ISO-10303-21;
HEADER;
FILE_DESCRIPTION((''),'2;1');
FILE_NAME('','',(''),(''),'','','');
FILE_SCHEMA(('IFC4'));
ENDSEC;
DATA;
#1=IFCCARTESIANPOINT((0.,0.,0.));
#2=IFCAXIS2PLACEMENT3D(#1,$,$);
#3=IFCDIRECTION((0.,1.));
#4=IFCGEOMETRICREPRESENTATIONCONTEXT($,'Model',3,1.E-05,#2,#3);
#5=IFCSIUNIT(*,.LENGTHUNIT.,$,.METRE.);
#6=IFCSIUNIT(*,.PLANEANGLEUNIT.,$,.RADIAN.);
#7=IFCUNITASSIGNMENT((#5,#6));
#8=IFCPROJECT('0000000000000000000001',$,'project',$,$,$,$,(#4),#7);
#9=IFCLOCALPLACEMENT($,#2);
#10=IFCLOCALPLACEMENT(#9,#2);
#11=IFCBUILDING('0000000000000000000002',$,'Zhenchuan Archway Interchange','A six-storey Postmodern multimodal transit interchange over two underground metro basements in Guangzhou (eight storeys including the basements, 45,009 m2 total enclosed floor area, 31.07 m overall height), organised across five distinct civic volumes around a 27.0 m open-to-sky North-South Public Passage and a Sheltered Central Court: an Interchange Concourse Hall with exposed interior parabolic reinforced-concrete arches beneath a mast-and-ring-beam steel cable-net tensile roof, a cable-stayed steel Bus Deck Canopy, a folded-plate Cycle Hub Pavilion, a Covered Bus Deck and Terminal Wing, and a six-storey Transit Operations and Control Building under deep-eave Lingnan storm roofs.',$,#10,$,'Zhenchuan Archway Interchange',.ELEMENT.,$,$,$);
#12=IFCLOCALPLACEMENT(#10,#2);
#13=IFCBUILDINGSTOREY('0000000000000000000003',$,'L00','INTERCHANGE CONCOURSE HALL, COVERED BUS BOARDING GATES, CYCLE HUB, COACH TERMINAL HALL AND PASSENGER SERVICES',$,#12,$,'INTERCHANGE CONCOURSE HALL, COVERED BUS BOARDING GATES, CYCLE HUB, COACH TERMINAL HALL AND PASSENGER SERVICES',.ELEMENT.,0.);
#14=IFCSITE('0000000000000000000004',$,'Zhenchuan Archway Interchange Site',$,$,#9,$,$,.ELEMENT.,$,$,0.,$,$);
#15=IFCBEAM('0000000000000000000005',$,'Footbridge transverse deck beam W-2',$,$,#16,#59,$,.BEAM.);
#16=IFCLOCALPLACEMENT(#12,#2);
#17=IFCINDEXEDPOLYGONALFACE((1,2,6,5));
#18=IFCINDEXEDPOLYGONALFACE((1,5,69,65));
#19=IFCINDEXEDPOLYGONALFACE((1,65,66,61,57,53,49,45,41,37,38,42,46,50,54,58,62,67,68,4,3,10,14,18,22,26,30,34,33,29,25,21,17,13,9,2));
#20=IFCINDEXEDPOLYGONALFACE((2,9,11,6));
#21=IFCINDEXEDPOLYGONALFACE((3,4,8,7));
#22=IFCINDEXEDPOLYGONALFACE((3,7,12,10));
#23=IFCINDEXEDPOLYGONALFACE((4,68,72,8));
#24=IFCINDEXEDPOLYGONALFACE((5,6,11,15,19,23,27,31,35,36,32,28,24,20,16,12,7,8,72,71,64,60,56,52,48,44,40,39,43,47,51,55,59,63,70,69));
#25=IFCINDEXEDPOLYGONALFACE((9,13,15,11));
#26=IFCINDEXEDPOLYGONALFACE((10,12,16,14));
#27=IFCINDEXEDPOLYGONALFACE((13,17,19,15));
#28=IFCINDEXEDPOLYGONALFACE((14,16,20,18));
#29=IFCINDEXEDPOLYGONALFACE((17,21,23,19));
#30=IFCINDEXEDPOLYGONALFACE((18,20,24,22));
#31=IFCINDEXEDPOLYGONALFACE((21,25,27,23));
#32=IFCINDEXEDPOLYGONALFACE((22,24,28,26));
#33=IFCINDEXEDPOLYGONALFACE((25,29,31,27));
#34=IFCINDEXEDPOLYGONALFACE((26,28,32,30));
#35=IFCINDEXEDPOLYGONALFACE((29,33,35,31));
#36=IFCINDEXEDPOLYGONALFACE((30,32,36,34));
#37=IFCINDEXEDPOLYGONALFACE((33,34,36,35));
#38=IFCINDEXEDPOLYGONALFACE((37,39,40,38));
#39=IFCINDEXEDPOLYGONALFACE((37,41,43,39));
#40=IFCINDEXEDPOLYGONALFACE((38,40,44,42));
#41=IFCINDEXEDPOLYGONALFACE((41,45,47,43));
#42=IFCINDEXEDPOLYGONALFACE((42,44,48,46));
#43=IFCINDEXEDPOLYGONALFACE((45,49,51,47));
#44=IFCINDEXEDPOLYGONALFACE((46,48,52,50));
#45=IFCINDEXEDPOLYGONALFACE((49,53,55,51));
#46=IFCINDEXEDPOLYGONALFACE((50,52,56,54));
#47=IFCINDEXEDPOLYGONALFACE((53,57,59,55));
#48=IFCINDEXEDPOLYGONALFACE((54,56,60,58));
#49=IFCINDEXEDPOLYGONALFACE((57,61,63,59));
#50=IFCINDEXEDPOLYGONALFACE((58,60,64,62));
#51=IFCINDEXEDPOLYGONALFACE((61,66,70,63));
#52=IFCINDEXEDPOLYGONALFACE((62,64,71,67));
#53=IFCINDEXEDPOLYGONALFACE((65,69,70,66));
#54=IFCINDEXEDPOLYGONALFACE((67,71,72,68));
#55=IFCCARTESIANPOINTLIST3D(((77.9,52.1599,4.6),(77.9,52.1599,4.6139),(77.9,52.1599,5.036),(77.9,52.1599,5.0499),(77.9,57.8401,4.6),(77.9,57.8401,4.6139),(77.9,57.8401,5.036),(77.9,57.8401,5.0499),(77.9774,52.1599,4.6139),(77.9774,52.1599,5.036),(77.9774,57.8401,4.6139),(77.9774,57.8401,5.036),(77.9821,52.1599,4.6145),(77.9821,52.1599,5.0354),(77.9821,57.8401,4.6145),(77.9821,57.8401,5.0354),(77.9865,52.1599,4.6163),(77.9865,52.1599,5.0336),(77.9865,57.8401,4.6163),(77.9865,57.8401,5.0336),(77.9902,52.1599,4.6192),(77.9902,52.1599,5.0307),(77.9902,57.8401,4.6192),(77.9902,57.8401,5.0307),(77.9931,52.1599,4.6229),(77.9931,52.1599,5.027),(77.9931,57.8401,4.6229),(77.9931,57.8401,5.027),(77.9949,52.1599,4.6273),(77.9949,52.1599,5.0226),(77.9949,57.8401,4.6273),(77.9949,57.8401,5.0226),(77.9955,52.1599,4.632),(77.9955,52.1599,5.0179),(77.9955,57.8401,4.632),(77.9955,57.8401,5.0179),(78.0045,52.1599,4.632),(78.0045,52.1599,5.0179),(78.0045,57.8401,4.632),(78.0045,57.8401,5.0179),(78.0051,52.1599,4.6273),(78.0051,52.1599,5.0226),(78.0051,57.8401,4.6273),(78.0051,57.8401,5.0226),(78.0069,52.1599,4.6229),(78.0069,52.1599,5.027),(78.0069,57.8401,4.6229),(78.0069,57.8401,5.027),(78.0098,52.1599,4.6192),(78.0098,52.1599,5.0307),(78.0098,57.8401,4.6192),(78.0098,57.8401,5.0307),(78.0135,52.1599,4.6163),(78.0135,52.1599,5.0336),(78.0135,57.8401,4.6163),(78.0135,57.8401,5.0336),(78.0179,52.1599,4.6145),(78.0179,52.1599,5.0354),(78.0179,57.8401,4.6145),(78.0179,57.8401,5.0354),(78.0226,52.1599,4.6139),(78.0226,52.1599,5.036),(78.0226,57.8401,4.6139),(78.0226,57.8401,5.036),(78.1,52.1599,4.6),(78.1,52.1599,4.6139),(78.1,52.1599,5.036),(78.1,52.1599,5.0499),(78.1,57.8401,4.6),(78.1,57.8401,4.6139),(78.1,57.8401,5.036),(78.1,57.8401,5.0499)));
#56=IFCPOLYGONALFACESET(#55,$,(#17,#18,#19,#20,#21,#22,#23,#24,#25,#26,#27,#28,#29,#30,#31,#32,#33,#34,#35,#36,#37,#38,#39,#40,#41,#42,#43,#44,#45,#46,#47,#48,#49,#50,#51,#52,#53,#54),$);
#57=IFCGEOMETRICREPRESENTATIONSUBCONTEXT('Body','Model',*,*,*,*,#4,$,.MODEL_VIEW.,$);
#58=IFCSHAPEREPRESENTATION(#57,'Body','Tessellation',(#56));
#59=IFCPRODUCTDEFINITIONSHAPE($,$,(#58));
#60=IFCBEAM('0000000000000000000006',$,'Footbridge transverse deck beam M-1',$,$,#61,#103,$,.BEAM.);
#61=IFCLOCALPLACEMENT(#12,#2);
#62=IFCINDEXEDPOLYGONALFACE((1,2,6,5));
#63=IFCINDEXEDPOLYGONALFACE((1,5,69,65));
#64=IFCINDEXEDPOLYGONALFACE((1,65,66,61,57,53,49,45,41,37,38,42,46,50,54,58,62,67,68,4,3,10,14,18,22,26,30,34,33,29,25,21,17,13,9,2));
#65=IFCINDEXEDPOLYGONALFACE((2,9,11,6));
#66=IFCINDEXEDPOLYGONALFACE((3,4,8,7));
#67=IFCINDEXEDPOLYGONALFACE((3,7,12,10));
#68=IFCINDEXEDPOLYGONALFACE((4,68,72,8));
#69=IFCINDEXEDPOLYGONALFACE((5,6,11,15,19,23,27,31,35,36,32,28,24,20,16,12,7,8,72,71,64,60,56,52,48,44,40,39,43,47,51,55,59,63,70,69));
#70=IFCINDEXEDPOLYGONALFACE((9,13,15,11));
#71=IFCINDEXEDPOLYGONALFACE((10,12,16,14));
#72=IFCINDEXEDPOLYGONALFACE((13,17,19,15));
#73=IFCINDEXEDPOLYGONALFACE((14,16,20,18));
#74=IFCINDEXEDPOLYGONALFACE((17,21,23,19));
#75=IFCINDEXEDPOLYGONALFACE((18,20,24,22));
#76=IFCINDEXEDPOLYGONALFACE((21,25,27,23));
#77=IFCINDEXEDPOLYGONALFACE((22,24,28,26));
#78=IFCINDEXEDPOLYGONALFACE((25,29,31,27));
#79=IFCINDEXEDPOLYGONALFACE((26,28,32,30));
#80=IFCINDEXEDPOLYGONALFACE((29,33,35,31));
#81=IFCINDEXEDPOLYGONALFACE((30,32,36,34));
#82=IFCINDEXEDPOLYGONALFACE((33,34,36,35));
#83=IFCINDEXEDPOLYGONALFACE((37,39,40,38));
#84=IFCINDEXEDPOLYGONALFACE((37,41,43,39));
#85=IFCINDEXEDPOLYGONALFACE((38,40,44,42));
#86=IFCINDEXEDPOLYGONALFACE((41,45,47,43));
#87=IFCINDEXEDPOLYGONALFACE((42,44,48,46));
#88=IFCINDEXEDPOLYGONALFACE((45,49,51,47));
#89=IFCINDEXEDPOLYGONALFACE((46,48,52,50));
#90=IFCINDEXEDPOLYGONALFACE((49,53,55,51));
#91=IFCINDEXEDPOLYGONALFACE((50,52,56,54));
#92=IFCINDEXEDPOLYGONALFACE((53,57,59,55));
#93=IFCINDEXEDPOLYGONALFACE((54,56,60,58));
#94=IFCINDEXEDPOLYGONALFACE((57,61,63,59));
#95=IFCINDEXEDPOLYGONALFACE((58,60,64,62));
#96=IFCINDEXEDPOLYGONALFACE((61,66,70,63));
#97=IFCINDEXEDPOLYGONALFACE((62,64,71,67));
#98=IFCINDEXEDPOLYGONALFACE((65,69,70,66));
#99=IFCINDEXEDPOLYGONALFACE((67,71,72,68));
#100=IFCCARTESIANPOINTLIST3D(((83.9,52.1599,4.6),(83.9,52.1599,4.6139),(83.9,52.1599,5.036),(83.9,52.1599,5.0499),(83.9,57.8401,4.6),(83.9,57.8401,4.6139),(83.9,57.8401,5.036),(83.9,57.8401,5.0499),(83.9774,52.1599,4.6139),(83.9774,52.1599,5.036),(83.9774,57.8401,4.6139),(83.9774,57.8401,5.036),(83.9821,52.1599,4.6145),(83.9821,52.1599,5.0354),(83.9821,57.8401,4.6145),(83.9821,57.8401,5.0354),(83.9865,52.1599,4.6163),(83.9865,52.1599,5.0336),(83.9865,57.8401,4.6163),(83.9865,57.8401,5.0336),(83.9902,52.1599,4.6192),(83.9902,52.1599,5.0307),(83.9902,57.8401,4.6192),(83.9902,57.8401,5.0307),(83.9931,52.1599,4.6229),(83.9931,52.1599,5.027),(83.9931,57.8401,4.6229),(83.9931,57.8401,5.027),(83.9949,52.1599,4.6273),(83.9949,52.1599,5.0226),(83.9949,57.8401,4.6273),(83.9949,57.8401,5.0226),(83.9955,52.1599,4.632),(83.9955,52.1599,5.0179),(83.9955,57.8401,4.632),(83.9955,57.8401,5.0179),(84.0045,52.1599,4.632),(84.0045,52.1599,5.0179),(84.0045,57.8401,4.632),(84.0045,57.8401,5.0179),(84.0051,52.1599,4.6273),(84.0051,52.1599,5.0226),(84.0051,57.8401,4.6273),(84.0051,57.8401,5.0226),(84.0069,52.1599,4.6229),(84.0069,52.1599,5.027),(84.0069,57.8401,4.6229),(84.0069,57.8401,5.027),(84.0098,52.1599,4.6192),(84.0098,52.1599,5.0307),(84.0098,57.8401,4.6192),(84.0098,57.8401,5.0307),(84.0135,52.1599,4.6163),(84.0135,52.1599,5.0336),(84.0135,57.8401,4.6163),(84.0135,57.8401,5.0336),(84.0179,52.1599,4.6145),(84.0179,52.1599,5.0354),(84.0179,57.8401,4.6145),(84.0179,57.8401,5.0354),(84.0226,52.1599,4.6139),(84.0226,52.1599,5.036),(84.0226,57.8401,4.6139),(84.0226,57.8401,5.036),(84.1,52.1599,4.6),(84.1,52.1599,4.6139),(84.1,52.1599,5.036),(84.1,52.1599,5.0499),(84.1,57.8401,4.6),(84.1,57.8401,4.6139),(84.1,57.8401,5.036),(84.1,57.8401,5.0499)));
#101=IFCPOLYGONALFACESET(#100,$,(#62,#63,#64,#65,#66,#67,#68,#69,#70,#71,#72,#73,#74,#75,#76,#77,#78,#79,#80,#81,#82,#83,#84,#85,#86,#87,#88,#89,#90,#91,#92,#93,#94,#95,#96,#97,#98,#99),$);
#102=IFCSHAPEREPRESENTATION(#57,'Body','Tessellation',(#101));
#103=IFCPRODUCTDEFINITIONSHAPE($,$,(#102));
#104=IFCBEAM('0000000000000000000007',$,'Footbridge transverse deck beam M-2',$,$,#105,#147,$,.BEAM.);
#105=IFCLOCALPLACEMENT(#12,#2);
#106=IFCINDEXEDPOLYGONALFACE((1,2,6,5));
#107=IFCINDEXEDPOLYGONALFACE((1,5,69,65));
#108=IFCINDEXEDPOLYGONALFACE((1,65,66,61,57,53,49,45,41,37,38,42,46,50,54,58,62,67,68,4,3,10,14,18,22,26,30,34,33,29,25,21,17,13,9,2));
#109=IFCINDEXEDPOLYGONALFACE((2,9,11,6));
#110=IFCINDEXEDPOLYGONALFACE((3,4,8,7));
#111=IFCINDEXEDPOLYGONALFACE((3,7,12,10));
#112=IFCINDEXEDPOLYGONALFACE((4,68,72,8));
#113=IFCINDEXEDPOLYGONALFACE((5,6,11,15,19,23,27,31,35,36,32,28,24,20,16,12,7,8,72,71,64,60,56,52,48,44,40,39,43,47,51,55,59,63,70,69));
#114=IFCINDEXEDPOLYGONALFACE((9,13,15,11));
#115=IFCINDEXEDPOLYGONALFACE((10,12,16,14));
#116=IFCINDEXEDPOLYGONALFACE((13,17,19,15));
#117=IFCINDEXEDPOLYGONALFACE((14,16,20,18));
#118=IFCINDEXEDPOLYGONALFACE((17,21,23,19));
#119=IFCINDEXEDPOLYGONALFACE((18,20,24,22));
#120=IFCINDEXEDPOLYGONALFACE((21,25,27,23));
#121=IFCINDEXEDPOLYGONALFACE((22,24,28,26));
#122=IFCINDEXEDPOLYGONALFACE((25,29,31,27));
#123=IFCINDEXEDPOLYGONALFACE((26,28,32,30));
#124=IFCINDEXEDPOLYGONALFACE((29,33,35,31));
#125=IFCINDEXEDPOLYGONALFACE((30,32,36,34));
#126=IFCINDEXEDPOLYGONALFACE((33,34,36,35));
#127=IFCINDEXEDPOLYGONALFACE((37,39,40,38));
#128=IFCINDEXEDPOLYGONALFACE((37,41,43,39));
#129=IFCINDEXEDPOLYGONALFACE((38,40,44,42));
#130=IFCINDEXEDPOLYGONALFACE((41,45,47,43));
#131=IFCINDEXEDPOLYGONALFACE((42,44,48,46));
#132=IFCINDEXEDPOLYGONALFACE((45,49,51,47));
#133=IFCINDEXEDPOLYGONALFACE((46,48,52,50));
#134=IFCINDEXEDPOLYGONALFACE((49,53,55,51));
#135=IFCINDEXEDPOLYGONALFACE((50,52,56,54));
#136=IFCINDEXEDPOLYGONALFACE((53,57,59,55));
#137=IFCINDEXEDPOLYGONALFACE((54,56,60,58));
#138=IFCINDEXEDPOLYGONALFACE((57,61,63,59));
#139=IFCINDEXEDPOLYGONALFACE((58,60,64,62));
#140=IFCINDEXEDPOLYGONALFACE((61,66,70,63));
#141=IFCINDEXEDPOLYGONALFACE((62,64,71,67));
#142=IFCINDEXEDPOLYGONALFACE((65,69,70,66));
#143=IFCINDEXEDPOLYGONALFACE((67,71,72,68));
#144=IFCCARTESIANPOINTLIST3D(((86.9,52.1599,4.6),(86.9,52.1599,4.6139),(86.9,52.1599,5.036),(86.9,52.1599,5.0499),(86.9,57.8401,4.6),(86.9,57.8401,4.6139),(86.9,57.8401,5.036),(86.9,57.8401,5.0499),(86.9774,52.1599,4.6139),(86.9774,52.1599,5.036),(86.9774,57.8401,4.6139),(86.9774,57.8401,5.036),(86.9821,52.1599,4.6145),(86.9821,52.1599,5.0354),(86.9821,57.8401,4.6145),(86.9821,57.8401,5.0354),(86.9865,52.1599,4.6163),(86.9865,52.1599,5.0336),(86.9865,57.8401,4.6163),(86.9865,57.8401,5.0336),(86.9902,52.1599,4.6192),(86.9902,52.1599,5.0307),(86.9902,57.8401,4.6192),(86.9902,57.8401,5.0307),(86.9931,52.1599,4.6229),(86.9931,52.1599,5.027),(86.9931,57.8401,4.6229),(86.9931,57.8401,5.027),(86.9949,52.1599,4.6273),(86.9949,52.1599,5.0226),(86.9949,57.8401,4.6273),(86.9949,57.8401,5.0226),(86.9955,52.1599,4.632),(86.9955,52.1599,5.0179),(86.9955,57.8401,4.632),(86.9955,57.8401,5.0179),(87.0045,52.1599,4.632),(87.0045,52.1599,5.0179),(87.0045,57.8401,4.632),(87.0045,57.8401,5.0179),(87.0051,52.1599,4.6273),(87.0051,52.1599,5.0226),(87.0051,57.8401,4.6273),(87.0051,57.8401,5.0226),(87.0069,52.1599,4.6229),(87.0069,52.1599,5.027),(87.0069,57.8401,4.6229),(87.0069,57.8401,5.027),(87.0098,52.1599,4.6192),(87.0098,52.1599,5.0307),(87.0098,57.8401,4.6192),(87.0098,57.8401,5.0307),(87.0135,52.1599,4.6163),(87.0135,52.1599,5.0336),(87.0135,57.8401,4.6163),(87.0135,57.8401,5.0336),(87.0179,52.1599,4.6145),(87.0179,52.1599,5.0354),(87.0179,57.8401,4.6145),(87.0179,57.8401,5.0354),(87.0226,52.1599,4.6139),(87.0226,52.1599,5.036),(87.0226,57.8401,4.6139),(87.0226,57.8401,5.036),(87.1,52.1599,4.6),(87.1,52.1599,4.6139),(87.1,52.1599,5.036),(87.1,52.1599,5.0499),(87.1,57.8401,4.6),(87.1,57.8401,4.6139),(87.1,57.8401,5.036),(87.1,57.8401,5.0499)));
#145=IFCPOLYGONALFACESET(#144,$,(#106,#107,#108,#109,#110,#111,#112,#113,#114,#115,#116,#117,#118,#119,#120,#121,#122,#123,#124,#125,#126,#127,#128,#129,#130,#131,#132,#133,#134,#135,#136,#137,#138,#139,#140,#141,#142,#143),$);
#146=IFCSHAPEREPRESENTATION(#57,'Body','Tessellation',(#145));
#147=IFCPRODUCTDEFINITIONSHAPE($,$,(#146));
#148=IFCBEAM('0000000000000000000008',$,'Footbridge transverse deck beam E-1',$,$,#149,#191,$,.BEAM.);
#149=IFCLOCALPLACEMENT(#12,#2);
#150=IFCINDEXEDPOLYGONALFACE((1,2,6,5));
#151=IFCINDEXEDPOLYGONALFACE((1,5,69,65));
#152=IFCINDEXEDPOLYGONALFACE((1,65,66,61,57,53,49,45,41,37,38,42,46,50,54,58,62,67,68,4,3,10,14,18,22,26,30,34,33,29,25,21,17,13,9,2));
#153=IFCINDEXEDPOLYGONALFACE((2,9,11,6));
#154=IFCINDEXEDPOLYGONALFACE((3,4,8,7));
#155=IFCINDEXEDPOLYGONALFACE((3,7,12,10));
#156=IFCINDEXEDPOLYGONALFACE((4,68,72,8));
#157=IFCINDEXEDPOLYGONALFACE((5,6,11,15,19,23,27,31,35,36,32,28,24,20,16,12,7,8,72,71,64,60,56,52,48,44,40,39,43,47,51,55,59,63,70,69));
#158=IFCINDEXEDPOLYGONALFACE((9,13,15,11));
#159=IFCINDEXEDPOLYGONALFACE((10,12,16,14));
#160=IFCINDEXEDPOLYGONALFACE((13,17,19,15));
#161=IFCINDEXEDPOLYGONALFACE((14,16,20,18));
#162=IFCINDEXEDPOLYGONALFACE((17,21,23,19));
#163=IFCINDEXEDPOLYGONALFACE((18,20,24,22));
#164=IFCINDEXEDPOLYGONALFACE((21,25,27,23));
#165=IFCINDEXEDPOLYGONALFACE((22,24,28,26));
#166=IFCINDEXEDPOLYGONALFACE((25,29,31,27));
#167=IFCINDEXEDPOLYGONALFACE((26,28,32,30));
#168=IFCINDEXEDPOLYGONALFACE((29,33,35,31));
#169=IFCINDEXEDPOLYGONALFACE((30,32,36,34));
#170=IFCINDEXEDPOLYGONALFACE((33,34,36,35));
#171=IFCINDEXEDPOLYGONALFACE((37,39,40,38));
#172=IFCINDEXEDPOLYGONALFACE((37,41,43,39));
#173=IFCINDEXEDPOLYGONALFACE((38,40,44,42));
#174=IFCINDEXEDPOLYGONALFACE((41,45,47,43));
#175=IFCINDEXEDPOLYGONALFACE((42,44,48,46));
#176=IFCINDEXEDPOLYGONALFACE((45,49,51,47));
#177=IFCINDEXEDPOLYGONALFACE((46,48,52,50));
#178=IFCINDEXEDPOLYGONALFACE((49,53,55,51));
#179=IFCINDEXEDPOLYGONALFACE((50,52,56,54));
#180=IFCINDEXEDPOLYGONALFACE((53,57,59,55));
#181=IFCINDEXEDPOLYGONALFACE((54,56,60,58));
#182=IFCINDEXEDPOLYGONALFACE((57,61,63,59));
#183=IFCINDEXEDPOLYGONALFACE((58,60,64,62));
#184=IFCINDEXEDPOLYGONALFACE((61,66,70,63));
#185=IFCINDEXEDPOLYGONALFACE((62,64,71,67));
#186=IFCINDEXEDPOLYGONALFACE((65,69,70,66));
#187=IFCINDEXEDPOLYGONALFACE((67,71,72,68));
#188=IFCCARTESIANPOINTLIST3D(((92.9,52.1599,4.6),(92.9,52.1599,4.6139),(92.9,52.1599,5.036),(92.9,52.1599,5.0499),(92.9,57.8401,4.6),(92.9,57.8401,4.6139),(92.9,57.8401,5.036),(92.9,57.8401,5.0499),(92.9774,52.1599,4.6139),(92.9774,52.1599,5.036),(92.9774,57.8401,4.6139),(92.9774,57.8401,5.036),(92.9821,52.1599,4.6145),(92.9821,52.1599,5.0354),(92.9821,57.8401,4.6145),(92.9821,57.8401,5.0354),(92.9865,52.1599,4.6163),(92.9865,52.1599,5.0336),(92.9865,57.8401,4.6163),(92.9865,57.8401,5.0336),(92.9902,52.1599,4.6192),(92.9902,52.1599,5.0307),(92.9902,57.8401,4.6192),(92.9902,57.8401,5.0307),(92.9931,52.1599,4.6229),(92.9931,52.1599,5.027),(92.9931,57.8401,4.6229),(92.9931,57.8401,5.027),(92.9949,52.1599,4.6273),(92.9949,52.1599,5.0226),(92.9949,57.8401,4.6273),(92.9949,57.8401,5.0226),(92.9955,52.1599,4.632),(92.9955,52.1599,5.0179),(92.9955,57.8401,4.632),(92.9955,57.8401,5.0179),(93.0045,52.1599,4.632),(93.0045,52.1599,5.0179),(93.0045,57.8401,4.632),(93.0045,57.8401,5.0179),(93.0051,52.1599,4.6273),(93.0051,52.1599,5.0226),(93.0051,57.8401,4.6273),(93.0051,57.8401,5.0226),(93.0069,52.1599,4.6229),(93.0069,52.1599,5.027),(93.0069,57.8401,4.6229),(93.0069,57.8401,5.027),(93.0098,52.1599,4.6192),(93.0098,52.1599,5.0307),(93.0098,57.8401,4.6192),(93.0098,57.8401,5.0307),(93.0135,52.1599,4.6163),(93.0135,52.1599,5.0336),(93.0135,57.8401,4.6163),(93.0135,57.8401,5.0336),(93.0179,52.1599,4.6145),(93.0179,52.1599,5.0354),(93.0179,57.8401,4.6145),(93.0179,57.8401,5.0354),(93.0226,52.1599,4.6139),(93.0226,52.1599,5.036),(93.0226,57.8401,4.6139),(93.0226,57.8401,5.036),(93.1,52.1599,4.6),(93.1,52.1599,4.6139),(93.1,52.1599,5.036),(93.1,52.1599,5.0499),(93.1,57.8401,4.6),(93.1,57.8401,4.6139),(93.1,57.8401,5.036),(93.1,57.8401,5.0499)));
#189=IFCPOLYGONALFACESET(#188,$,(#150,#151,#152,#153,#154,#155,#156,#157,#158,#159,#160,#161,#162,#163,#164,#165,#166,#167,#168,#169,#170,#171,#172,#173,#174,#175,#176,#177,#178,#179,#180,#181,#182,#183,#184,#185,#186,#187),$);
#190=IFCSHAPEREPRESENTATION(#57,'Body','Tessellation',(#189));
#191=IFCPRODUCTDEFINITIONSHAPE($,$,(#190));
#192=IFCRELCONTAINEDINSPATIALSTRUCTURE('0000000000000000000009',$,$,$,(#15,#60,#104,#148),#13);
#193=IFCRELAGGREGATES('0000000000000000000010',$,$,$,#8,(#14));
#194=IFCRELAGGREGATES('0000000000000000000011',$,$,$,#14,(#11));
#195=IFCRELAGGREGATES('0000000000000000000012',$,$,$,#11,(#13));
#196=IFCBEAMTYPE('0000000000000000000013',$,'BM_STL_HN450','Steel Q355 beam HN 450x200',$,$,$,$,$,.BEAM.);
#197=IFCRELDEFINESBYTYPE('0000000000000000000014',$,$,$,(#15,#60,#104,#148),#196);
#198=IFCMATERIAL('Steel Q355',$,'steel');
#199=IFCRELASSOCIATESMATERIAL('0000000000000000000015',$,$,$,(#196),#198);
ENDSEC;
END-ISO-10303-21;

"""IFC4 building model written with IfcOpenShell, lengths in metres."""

from ifc_helpers import new_model, si_unit, direction, frame, origin, origin_2d, place, context, subcontext, project, spatial, i_section, extrude, material, material_profile, profile_set, type_object, element, save


model = new_model("IFC4")

# Units and contexts
model_context = context("Model", 3, precision=1e-05, world=origin(), true_north=direction((0.0, 1.0)))
body_context = subcontext(model_context, "Body", "Model", "MODEL_VIEW")
ifc_project = project(units=[si_unit("LENGTHUNIT", "METRE"), si_unit("PLANEANGLEUNIT", "RADIAN")], contexts=[model_context])

# Site, building, storey
site_placement = place(None, origin())
site = spatial("IfcSite", under=ifc_project, at=site_placement, Name="Zhenchuan Archway Interchange Site", CompositionType="ELEMENT", RefElevation=0.0)
building_placement = place(site_placement, origin())
building = spatial("IfcBuilding", under=site, at=building_placement, Name="Zhenchuan Archway Interchange", Description="A six-storey Postmodern multimodal transit interchange over two underground metro basements in Guangzhou (eight storeys including the basements, 45,009 m2 total enclosed floor area, 31.07 m overall height), organised across five distinct civic volumes around a 27.0 m open-to-sky North-South Public Passage and a Sheltered Central Court: an Interchange Concourse Hall with exposed interior parabolic reinforced-concrete arches beneath a mast-and-ring-beam steel cable-net tensile roof, a cable-stayed steel Bus Deck Canopy, a folded-plate Cycle Hub Pavilion, a Covered Bus Deck and Terminal Wing, and a six-storey Transit Operations and Control Building under deep-eave Lingnan storm roofs.", LongName="Zhenchuan Archway Interchange", CompositionType="ELEMENT")
storey_placement = place(building_placement, origin())
storey = spatial("IfcBuildingStorey", under=building, at=storey_placement, Name="L00", Description="INTERCHANGE CONCOURSE HALL, COVERED BUS BOARDING GATES, CYCLE HUB, COACH TERMINAL HALL AND PASSENGER SERVICES", LongName="INTERCHANGE CONCOURSE HALL, COVERED BUS BOARDING GATES, CYCLE HUB, COACH TERMINAL HALL AND PASSENGER SERVICES", CompositionType="ELEMENT", Elevation=0.0)

# Beams
ifc_material_1 = material(Name="Steel Q355", Category="steel")
ifc_material_profile_1 = material_profile(ifc_material_1, i_section(OverallWidth=0.2, OverallDepth=0.45, WebThickness=0.009, FlangeThickness=0.0139, FilletRadius=0.0181, at=origin_2d()), Name="HN 450x200")
ifc_profile_set_1 = profile_set([ifc_material_profile_1], Name="Steel Q355")
beam_type_1 = type_object("IfcBeamType", Name="BM_STL_HN450", Description="Steel Q355 beam HN 450x200", PredefinedType="BEAM", material=ifc_profile_set_1)
for number, where, z_axis, x_axis, name in (
    (1, (78.0, 52.1599, 4.825), (0.0, 1.0, 0.0), (-1.0, 0.0, 0.0), "Footbridge transverse deck beam W-2"),
    (2, (84.0, 52.1599, 4.825), (0.0, 1.0, 0.0), (-1.0, 0.0, 0.0), "Footbridge transverse deck beam M-1"),
    (3, (87.0, 52.1599, 4.825), (0.0, 1.0, 0.0), (-1.0, 0.0, 0.0), "Footbridge transverse deck beam M-2"),
    (4, (93.0, 52.1599, 4.825), (0.0, 1.0, 0.0), (-1.0, 0.0, 0.0), "Footbridge transverse deck beam E-1"),
):
    element("IfcBeam", number, at=place(storey_placement, frame(where, z_axis=z_axis, x_axis=x_axis)), inside=storey, type_object=beam_type_1, Name=name, PredefinedType="BEAM", context=body_context, shape_type="SweptSolid", body=[
        extrude(i_section(OverallWidth=0.2, OverallDepth=0.45, WebThickness=0.009, FlangeThickness=0.0139, FilletRadius=0.0181, at=origin_2d()), origin(), (0.0, 0.0, 1.0), 5.6802),
    ])

save(model, "model.ifc")
